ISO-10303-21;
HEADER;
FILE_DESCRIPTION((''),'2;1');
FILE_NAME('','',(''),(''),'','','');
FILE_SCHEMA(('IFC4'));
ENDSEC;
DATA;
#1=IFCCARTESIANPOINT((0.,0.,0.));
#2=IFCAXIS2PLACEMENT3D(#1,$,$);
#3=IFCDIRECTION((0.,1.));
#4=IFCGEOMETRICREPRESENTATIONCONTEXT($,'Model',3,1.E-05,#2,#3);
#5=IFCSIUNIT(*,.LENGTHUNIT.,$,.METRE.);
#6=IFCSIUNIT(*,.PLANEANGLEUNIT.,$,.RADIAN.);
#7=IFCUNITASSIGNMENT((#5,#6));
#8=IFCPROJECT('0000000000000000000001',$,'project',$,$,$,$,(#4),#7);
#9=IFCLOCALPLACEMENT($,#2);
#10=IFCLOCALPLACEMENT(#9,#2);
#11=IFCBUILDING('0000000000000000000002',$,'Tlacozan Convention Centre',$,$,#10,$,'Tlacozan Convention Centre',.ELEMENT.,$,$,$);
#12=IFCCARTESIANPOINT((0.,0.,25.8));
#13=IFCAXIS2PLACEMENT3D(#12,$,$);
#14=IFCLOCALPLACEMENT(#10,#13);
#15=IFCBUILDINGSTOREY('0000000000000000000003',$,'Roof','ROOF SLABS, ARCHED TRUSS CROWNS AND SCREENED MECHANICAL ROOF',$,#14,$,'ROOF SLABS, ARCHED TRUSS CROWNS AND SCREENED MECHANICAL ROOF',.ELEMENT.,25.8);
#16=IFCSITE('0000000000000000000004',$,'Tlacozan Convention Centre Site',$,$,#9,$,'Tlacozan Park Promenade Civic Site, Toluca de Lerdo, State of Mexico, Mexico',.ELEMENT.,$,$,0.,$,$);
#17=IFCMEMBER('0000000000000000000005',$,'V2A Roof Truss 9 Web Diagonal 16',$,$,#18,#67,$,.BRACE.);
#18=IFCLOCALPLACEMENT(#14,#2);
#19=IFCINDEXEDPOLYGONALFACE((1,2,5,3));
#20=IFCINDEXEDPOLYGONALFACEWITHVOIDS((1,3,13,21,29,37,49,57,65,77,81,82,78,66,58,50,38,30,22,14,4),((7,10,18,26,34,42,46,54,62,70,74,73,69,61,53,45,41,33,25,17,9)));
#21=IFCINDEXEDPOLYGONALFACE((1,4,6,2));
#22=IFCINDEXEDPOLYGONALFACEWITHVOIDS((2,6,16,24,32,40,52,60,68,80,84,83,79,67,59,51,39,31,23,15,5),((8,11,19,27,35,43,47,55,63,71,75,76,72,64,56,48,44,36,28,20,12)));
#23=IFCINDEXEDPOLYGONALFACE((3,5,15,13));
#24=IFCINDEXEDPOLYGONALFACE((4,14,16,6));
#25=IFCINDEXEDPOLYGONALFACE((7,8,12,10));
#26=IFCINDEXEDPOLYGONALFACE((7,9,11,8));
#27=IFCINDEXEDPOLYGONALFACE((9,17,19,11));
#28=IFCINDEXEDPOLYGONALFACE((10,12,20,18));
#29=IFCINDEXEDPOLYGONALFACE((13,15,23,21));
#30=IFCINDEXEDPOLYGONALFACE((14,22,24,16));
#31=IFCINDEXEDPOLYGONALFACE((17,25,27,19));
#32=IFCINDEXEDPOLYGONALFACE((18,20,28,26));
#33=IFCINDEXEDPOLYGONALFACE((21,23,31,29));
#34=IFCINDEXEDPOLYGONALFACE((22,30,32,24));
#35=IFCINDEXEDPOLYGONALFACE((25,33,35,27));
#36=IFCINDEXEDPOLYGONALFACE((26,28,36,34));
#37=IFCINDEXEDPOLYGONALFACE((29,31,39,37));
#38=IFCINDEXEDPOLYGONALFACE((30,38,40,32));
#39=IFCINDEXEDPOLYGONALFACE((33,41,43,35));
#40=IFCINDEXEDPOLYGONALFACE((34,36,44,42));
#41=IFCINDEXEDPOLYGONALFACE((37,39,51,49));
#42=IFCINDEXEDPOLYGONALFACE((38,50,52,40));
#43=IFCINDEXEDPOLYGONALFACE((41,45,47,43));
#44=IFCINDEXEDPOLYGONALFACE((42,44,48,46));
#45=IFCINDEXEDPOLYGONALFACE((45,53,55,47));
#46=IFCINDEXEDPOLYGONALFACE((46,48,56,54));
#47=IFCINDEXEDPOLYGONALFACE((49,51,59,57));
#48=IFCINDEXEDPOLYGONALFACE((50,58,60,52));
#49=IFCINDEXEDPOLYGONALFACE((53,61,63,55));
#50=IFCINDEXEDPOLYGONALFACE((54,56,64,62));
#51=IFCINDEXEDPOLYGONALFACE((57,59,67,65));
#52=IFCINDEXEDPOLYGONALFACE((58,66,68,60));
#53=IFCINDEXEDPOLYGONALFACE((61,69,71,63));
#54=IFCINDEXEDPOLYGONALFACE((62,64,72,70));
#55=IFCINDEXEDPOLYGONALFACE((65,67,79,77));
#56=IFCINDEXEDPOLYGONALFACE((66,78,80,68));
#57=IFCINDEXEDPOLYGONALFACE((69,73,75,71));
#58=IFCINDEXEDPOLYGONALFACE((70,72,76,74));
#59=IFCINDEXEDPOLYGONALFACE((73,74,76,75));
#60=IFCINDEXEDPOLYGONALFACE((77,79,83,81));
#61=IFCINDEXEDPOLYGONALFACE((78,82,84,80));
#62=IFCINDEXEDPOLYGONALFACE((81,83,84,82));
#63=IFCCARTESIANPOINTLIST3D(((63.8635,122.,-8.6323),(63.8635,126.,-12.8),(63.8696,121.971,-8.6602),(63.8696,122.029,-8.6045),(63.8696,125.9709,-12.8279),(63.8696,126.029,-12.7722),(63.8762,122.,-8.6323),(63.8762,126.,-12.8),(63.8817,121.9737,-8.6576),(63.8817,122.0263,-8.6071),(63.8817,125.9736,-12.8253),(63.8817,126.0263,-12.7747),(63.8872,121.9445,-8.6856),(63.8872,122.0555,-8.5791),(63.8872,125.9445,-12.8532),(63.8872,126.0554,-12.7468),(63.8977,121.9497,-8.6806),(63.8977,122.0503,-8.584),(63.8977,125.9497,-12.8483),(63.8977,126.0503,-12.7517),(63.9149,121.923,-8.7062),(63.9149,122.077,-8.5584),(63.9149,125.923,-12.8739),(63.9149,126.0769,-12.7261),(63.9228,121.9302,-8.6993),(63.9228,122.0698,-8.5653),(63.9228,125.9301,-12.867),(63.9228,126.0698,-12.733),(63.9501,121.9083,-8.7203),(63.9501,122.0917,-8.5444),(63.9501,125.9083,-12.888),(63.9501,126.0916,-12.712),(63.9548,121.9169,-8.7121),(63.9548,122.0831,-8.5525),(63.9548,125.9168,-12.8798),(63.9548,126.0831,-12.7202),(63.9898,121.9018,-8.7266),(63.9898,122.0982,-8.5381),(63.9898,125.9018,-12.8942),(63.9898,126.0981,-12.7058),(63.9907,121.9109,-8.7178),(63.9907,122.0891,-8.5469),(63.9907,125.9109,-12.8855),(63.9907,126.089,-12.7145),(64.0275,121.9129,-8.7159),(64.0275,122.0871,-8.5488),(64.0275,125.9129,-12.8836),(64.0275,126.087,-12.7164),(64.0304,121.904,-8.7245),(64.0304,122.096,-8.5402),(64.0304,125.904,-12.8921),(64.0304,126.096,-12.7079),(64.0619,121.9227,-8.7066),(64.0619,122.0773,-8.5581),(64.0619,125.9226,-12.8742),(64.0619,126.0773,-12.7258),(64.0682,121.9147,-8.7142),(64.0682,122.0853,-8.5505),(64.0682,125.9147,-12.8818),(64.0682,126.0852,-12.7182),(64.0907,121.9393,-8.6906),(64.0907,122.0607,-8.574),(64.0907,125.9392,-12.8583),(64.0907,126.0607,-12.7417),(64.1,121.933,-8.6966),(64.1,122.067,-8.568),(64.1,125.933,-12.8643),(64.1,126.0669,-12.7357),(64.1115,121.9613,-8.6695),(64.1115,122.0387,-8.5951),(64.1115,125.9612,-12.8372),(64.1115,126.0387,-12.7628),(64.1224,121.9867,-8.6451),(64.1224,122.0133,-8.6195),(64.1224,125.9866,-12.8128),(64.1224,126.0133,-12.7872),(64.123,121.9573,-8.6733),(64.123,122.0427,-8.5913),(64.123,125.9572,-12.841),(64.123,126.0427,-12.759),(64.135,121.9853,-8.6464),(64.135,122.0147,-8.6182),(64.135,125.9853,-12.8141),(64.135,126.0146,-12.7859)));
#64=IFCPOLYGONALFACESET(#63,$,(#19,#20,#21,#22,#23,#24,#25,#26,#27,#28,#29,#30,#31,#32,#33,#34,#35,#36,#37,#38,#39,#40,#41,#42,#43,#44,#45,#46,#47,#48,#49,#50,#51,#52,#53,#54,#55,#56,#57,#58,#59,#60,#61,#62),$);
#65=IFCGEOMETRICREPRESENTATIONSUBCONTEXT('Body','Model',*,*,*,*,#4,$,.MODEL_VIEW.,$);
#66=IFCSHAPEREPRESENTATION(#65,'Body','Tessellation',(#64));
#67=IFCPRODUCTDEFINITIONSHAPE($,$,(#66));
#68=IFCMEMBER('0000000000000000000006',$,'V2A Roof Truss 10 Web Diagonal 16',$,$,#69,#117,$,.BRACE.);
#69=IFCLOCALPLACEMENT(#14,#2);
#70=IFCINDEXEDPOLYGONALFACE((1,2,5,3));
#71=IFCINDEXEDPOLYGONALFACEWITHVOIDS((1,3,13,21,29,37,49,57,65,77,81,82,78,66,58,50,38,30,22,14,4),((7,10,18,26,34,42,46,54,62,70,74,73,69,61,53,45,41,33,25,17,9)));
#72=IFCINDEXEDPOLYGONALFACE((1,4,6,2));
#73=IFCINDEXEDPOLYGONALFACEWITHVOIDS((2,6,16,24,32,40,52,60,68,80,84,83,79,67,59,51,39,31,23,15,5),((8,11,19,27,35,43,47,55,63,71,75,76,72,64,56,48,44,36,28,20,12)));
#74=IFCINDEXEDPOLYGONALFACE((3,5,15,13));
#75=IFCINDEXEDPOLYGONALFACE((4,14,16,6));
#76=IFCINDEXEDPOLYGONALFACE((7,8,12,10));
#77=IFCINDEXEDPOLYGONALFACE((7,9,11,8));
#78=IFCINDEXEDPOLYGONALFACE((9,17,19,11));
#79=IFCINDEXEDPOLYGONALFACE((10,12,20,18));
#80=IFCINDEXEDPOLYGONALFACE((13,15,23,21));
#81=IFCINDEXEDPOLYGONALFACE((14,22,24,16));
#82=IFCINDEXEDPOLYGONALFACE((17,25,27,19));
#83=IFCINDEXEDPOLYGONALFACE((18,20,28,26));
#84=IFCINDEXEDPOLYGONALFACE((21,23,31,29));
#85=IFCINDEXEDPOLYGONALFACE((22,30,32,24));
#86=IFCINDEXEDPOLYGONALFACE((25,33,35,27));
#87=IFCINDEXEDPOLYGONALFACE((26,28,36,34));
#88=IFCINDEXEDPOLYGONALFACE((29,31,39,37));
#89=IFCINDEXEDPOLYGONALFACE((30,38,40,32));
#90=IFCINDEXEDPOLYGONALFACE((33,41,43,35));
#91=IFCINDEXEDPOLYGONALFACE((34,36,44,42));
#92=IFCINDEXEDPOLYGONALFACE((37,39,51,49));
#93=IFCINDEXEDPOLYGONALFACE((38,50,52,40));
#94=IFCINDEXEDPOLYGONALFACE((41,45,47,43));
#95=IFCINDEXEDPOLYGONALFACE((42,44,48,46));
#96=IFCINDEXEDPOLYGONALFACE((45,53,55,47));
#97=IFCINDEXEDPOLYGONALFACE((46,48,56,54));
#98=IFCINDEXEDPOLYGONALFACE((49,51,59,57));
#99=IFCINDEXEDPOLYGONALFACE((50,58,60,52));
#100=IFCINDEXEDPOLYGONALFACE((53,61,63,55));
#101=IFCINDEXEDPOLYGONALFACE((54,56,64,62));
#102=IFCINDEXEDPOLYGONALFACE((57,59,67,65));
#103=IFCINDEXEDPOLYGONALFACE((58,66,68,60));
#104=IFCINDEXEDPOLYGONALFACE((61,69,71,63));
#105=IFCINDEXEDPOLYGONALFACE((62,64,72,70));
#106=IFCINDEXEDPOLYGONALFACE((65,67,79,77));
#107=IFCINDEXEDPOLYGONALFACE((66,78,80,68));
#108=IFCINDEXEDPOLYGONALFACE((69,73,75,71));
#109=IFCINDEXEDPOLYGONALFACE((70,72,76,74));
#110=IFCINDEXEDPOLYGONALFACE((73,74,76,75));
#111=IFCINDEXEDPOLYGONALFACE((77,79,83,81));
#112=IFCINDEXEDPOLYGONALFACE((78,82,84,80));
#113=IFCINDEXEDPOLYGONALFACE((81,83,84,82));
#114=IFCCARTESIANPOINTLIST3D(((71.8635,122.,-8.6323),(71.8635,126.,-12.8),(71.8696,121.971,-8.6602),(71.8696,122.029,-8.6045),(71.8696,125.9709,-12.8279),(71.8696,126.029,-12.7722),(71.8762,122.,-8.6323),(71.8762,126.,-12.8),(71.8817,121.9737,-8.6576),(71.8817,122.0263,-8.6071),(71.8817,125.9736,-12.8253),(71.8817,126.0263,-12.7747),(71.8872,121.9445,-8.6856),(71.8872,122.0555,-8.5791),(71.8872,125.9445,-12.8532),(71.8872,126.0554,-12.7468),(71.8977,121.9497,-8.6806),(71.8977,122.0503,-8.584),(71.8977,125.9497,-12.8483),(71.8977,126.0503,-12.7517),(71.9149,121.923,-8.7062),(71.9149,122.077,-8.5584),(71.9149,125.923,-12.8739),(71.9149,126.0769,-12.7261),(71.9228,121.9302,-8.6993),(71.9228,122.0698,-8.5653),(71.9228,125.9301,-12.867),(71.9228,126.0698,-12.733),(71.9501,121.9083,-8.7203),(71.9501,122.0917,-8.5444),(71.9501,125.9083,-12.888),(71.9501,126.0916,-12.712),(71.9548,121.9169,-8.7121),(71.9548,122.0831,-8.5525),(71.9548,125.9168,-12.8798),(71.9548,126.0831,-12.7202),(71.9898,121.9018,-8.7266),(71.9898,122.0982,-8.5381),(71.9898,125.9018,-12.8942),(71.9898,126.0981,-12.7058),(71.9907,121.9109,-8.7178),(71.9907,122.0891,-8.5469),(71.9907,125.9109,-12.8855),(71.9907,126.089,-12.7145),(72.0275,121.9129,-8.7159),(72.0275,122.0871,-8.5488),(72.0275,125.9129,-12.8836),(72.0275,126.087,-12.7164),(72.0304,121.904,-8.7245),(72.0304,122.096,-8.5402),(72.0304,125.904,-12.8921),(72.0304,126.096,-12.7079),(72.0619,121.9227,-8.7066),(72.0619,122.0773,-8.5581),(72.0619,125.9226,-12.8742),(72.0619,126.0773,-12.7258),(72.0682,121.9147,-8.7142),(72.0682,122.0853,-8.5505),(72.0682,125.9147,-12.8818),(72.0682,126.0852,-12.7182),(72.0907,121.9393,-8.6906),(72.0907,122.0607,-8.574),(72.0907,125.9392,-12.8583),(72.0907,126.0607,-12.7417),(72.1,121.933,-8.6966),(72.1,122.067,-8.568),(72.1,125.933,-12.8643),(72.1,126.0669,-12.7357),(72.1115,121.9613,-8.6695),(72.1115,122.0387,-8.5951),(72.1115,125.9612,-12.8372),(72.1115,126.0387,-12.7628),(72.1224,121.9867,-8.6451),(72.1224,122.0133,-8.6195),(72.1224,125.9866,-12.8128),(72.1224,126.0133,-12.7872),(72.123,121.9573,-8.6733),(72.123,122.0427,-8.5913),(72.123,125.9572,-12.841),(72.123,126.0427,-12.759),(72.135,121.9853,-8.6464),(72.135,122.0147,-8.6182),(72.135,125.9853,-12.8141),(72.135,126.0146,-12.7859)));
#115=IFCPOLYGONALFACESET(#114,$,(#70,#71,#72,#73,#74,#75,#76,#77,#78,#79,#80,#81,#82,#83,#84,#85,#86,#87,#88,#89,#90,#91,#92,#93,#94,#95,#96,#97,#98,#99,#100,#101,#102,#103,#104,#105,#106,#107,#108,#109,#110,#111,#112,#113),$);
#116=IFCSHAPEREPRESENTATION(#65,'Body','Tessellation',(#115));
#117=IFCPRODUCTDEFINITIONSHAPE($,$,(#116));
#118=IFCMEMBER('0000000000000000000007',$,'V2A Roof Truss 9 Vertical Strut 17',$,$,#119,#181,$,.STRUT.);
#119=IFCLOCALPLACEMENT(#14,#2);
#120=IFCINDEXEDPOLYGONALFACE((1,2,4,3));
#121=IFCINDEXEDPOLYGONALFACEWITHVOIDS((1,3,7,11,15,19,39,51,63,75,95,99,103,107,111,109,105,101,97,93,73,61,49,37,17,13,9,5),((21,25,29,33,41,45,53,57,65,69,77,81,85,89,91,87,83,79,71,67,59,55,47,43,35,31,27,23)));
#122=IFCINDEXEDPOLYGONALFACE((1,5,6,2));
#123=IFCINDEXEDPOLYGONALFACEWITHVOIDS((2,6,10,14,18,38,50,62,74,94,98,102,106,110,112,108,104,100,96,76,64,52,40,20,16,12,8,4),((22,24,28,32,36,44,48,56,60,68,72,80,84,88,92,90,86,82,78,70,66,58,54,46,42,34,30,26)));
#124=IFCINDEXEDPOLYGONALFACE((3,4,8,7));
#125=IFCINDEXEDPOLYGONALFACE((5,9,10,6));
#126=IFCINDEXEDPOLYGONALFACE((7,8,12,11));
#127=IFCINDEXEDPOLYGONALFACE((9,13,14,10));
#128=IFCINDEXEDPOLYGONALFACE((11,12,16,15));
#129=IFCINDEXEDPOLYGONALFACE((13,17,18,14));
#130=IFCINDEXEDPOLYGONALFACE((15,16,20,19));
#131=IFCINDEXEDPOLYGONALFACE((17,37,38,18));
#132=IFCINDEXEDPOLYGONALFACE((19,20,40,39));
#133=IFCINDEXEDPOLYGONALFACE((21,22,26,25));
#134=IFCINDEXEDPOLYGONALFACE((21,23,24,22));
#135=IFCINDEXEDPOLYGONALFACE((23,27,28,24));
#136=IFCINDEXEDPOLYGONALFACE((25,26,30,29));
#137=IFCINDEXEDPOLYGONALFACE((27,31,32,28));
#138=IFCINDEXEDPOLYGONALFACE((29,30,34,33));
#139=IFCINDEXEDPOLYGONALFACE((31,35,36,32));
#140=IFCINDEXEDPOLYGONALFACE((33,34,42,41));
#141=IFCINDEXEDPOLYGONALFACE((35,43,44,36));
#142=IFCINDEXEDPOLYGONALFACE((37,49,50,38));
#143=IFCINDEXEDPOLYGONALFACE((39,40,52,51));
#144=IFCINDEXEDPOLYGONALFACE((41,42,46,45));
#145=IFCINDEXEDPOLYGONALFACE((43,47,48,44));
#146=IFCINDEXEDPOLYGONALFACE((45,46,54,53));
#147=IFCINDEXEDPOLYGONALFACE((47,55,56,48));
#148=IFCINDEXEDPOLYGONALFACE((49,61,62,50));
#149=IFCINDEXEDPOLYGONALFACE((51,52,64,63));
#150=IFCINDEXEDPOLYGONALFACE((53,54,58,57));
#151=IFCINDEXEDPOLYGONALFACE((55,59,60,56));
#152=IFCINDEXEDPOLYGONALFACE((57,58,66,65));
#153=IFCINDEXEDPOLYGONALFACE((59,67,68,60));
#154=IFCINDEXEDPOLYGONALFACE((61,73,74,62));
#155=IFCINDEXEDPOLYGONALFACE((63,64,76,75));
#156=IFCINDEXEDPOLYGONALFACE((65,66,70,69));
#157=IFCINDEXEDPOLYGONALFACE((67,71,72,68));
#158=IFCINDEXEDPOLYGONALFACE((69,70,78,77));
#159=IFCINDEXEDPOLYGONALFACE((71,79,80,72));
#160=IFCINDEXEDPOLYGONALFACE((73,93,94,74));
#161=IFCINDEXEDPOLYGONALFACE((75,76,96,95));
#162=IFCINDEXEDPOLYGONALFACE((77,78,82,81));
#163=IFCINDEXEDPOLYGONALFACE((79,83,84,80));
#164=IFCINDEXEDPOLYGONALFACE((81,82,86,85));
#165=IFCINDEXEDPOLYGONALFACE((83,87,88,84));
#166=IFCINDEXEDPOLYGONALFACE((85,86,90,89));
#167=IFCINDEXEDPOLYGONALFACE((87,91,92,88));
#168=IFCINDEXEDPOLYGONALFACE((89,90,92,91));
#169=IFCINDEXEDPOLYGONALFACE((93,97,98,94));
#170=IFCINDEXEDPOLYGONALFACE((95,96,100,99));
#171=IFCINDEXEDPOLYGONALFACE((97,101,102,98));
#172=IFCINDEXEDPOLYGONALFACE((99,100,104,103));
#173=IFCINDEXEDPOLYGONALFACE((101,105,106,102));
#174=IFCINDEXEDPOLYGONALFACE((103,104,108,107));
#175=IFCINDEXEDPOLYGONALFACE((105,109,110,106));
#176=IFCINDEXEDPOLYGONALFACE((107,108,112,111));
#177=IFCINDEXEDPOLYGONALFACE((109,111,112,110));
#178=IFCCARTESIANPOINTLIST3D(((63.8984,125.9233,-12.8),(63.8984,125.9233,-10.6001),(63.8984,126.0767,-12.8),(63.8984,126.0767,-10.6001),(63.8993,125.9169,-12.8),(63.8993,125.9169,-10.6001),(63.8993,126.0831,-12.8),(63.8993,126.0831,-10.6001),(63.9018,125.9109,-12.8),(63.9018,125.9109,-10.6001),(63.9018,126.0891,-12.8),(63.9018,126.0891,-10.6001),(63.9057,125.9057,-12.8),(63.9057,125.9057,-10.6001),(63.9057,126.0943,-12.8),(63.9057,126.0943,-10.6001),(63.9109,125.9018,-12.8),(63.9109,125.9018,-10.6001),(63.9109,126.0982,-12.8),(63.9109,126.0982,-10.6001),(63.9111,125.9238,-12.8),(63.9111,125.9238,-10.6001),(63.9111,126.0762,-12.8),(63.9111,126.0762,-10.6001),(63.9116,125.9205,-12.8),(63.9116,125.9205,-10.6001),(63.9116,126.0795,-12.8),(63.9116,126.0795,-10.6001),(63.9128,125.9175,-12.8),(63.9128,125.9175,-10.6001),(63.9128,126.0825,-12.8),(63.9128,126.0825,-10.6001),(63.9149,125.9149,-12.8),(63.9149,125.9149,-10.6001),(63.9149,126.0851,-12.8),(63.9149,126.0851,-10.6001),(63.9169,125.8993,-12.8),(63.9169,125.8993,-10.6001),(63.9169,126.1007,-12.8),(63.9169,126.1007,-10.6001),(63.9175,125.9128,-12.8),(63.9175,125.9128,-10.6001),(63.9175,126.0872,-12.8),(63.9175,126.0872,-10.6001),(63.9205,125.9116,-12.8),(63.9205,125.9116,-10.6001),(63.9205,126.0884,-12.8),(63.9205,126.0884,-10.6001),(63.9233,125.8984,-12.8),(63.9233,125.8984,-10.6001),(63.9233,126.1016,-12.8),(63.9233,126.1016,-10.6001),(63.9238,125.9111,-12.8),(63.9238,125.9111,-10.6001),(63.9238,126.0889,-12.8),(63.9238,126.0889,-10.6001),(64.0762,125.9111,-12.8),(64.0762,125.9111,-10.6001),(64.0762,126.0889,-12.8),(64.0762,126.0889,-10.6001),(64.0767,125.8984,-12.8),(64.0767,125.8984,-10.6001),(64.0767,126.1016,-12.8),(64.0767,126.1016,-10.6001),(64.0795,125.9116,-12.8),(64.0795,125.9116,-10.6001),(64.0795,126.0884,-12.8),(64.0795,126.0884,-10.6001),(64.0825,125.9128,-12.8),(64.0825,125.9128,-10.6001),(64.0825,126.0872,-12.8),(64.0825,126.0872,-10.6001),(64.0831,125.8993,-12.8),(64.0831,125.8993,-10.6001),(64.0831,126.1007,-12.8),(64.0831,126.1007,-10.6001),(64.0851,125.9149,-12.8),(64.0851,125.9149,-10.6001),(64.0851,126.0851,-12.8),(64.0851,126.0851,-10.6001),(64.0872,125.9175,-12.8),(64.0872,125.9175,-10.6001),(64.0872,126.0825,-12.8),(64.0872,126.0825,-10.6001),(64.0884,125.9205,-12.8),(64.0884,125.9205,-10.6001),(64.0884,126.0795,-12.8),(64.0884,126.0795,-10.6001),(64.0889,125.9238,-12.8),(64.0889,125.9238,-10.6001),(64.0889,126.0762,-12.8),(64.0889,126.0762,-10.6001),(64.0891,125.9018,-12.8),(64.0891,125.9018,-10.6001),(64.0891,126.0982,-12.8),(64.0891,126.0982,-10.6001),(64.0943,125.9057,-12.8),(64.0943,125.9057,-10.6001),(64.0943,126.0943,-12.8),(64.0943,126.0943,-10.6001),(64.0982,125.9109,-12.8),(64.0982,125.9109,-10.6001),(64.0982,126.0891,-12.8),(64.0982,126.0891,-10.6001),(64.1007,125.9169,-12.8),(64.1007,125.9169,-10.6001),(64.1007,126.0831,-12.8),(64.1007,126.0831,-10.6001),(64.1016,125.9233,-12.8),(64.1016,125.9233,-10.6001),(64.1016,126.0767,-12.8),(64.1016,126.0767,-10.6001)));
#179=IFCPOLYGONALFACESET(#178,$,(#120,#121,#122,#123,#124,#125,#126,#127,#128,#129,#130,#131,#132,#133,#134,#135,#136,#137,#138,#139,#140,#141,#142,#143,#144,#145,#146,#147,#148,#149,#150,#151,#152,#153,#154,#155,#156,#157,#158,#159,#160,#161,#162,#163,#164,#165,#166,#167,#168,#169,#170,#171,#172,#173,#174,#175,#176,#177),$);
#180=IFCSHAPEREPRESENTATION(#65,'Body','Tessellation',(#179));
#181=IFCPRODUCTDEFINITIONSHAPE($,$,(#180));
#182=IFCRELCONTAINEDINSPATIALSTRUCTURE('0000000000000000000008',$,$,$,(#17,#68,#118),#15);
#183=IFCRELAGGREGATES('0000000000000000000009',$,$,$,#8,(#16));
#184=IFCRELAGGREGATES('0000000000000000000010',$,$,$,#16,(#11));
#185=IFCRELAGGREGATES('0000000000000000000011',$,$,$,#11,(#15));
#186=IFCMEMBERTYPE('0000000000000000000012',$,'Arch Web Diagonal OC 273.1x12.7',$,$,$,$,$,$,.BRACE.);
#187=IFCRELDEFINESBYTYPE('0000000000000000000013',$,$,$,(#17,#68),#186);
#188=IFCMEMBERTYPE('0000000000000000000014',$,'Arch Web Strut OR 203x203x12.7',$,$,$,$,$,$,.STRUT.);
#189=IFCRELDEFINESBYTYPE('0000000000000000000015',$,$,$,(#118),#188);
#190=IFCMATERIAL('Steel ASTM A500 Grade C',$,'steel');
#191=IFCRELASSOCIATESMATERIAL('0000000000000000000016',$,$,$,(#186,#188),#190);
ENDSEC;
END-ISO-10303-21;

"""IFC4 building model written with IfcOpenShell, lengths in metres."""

from ifc_helpers import new_model, si_unit, direction, frame, origin, origin_2d, place, context, subcontext, project, spatial, hollow_rectangle, hollow_circle, extrude, material, material_profile, profile_set, type_object, element, save


model = new_model("IFC4")

# Units and contexts
model_context = context("Model", 3, precision=1e-05, world=origin(), true_north=direction((0.0, 1.0)))
body_context = subcontext(model_context, "Body", "Model", "MODEL_VIEW")
ifc_project = project(units=[si_unit("LENGTHUNIT", "METRE"), si_unit("PLANEANGLEUNIT", "RADIAN")], contexts=[model_context])

# Site, building, storey
site_placement = place(None, origin())
site = spatial("IfcSite", under=ifc_project, at=site_placement, Name="Tlacozan Convention Centre Site", LongName="Tlacozan Park Promenade Civic Site, Toluca de Lerdo, State of Mexico, Mexico", CompositionType="ELEMENT", RefElevation=0.0)
building_placement = place(site_placement, origin())
building = spatial("IfcBuilding", under=site, at=building_placement, Name="Tlacozan Convention Centre", LongName="Tlacozan Convention Centre", CompositionType="ELEMENT")
storey_placement = place(building_placement, frame((0.0, 0.0, 25.8)))
storey = spatial("IfcBuildingStorey", under=building, at=storey_placement, Name="Roof", Description="ROOF SLABS, ARCHED TRUSS CROWNS AND SCREENED MECHANICAL ROOF", LongName="ROOF SLABS, ARCHED TRUSS CROWNS AND SCREENED MECHANICAL ROOF", CompositionType="ELEMENT", Elevation=25.8)

# Members
ifc_material_1 = material(Name="Steel ASTM A500 Grade C", Category="steel")
ifc_material_profile_1 = material_profile(ifc_material_1, hollow_circle(Radius=0.1365, WallThickness=0.0127, at=origin_2d()), Name="OC 273.1x12.7")
ifc_profile_set_1 = profile_set([ifc_material_profile_1], Name="Steel ASTM A500 Grade C")
member_type_1 = type_object("IfcMemberType", Name="Arch Web Diagonal OC 273.1x12.7", PredefinedType="BRACE", material=ifc_profile_set_1)
for number, where, z_axis, x_axis, name in (
    (1, (64.0, 122.0, -8.6323), (0.0, 0.69244, -0.721475), (-1.0, 0.0, 0.0), "V2A Roof Truss 9 Web Diagonal 16"),
    (2, (72.0, 122.0, -8.6323), (0.0, 0.69244, -0.721475), (-1.0, 0.0, 0.0), "V2A Roof Truss 10 Web Diagonal 16"),
):
    element("IfcMember", number, at=place(storey_placement, frame(where, z_axis=z_axis, x_axis=x_axis)), inside=storey, type_object=member_type_1, Name=name, PredefinedType="BRACE", context=body_context, shape_type="SweptSolid", body=[
        extrude(hollow_circle(Radius=0.1365, WallThickness=0.0127, at=origin_2d()), origin(), (0.0, 0.0, 1.0), 5.7766),
    ])
ifc_material_profile_2 = material_profile(ifc_material_1, hollow_rectangle(XDim=0.2031, YDim=0.2031, WallThickness=0.0127, InnerFilletRadius=0.0127, OuterFilletRadius=0.0249, at=origin_2d()), Name="OR 203x203x12.7")
ifc_profile_set_2 = profile_set([ifc_material_profile_2], Name="Steel ASTM A500 Grade C")
member_type_2 = type_object("IfcMemberType", Name="Arch Web Strut OR 203x203x12.7", PredefinedType="STRUT", material=ifc_profile_set_2)
for number, where, z_axis, x_axis, name in (
    (3, (64.0, 126.0, -12.8), (0.0, 0.0, 1.0), (1.0, 0.0, 0.0), "V2A Roof Truss 9 Vertical Strut 17"),
):
    element("IfcMember", number, at=place(storey_placement, frame(where, z_axis=z_axis, x_axis=x_axis)), inside=storey, type_object=member_type_2, Name=name, PredefinedType="STRUT", context=body_context, shape_type="SweptSolid", body=[
        extrude(hollow_rectangle(XDim=0.2031, YDim=0.2031, WallThickness=0.0127, InnerFilletRadius=0.0127, OuterFilletRadius=0.0249, at=origin_2d()), origin(), (0.0, 0.0, 1.0), 2.2),
    ])

save(model, "model.ifc")
